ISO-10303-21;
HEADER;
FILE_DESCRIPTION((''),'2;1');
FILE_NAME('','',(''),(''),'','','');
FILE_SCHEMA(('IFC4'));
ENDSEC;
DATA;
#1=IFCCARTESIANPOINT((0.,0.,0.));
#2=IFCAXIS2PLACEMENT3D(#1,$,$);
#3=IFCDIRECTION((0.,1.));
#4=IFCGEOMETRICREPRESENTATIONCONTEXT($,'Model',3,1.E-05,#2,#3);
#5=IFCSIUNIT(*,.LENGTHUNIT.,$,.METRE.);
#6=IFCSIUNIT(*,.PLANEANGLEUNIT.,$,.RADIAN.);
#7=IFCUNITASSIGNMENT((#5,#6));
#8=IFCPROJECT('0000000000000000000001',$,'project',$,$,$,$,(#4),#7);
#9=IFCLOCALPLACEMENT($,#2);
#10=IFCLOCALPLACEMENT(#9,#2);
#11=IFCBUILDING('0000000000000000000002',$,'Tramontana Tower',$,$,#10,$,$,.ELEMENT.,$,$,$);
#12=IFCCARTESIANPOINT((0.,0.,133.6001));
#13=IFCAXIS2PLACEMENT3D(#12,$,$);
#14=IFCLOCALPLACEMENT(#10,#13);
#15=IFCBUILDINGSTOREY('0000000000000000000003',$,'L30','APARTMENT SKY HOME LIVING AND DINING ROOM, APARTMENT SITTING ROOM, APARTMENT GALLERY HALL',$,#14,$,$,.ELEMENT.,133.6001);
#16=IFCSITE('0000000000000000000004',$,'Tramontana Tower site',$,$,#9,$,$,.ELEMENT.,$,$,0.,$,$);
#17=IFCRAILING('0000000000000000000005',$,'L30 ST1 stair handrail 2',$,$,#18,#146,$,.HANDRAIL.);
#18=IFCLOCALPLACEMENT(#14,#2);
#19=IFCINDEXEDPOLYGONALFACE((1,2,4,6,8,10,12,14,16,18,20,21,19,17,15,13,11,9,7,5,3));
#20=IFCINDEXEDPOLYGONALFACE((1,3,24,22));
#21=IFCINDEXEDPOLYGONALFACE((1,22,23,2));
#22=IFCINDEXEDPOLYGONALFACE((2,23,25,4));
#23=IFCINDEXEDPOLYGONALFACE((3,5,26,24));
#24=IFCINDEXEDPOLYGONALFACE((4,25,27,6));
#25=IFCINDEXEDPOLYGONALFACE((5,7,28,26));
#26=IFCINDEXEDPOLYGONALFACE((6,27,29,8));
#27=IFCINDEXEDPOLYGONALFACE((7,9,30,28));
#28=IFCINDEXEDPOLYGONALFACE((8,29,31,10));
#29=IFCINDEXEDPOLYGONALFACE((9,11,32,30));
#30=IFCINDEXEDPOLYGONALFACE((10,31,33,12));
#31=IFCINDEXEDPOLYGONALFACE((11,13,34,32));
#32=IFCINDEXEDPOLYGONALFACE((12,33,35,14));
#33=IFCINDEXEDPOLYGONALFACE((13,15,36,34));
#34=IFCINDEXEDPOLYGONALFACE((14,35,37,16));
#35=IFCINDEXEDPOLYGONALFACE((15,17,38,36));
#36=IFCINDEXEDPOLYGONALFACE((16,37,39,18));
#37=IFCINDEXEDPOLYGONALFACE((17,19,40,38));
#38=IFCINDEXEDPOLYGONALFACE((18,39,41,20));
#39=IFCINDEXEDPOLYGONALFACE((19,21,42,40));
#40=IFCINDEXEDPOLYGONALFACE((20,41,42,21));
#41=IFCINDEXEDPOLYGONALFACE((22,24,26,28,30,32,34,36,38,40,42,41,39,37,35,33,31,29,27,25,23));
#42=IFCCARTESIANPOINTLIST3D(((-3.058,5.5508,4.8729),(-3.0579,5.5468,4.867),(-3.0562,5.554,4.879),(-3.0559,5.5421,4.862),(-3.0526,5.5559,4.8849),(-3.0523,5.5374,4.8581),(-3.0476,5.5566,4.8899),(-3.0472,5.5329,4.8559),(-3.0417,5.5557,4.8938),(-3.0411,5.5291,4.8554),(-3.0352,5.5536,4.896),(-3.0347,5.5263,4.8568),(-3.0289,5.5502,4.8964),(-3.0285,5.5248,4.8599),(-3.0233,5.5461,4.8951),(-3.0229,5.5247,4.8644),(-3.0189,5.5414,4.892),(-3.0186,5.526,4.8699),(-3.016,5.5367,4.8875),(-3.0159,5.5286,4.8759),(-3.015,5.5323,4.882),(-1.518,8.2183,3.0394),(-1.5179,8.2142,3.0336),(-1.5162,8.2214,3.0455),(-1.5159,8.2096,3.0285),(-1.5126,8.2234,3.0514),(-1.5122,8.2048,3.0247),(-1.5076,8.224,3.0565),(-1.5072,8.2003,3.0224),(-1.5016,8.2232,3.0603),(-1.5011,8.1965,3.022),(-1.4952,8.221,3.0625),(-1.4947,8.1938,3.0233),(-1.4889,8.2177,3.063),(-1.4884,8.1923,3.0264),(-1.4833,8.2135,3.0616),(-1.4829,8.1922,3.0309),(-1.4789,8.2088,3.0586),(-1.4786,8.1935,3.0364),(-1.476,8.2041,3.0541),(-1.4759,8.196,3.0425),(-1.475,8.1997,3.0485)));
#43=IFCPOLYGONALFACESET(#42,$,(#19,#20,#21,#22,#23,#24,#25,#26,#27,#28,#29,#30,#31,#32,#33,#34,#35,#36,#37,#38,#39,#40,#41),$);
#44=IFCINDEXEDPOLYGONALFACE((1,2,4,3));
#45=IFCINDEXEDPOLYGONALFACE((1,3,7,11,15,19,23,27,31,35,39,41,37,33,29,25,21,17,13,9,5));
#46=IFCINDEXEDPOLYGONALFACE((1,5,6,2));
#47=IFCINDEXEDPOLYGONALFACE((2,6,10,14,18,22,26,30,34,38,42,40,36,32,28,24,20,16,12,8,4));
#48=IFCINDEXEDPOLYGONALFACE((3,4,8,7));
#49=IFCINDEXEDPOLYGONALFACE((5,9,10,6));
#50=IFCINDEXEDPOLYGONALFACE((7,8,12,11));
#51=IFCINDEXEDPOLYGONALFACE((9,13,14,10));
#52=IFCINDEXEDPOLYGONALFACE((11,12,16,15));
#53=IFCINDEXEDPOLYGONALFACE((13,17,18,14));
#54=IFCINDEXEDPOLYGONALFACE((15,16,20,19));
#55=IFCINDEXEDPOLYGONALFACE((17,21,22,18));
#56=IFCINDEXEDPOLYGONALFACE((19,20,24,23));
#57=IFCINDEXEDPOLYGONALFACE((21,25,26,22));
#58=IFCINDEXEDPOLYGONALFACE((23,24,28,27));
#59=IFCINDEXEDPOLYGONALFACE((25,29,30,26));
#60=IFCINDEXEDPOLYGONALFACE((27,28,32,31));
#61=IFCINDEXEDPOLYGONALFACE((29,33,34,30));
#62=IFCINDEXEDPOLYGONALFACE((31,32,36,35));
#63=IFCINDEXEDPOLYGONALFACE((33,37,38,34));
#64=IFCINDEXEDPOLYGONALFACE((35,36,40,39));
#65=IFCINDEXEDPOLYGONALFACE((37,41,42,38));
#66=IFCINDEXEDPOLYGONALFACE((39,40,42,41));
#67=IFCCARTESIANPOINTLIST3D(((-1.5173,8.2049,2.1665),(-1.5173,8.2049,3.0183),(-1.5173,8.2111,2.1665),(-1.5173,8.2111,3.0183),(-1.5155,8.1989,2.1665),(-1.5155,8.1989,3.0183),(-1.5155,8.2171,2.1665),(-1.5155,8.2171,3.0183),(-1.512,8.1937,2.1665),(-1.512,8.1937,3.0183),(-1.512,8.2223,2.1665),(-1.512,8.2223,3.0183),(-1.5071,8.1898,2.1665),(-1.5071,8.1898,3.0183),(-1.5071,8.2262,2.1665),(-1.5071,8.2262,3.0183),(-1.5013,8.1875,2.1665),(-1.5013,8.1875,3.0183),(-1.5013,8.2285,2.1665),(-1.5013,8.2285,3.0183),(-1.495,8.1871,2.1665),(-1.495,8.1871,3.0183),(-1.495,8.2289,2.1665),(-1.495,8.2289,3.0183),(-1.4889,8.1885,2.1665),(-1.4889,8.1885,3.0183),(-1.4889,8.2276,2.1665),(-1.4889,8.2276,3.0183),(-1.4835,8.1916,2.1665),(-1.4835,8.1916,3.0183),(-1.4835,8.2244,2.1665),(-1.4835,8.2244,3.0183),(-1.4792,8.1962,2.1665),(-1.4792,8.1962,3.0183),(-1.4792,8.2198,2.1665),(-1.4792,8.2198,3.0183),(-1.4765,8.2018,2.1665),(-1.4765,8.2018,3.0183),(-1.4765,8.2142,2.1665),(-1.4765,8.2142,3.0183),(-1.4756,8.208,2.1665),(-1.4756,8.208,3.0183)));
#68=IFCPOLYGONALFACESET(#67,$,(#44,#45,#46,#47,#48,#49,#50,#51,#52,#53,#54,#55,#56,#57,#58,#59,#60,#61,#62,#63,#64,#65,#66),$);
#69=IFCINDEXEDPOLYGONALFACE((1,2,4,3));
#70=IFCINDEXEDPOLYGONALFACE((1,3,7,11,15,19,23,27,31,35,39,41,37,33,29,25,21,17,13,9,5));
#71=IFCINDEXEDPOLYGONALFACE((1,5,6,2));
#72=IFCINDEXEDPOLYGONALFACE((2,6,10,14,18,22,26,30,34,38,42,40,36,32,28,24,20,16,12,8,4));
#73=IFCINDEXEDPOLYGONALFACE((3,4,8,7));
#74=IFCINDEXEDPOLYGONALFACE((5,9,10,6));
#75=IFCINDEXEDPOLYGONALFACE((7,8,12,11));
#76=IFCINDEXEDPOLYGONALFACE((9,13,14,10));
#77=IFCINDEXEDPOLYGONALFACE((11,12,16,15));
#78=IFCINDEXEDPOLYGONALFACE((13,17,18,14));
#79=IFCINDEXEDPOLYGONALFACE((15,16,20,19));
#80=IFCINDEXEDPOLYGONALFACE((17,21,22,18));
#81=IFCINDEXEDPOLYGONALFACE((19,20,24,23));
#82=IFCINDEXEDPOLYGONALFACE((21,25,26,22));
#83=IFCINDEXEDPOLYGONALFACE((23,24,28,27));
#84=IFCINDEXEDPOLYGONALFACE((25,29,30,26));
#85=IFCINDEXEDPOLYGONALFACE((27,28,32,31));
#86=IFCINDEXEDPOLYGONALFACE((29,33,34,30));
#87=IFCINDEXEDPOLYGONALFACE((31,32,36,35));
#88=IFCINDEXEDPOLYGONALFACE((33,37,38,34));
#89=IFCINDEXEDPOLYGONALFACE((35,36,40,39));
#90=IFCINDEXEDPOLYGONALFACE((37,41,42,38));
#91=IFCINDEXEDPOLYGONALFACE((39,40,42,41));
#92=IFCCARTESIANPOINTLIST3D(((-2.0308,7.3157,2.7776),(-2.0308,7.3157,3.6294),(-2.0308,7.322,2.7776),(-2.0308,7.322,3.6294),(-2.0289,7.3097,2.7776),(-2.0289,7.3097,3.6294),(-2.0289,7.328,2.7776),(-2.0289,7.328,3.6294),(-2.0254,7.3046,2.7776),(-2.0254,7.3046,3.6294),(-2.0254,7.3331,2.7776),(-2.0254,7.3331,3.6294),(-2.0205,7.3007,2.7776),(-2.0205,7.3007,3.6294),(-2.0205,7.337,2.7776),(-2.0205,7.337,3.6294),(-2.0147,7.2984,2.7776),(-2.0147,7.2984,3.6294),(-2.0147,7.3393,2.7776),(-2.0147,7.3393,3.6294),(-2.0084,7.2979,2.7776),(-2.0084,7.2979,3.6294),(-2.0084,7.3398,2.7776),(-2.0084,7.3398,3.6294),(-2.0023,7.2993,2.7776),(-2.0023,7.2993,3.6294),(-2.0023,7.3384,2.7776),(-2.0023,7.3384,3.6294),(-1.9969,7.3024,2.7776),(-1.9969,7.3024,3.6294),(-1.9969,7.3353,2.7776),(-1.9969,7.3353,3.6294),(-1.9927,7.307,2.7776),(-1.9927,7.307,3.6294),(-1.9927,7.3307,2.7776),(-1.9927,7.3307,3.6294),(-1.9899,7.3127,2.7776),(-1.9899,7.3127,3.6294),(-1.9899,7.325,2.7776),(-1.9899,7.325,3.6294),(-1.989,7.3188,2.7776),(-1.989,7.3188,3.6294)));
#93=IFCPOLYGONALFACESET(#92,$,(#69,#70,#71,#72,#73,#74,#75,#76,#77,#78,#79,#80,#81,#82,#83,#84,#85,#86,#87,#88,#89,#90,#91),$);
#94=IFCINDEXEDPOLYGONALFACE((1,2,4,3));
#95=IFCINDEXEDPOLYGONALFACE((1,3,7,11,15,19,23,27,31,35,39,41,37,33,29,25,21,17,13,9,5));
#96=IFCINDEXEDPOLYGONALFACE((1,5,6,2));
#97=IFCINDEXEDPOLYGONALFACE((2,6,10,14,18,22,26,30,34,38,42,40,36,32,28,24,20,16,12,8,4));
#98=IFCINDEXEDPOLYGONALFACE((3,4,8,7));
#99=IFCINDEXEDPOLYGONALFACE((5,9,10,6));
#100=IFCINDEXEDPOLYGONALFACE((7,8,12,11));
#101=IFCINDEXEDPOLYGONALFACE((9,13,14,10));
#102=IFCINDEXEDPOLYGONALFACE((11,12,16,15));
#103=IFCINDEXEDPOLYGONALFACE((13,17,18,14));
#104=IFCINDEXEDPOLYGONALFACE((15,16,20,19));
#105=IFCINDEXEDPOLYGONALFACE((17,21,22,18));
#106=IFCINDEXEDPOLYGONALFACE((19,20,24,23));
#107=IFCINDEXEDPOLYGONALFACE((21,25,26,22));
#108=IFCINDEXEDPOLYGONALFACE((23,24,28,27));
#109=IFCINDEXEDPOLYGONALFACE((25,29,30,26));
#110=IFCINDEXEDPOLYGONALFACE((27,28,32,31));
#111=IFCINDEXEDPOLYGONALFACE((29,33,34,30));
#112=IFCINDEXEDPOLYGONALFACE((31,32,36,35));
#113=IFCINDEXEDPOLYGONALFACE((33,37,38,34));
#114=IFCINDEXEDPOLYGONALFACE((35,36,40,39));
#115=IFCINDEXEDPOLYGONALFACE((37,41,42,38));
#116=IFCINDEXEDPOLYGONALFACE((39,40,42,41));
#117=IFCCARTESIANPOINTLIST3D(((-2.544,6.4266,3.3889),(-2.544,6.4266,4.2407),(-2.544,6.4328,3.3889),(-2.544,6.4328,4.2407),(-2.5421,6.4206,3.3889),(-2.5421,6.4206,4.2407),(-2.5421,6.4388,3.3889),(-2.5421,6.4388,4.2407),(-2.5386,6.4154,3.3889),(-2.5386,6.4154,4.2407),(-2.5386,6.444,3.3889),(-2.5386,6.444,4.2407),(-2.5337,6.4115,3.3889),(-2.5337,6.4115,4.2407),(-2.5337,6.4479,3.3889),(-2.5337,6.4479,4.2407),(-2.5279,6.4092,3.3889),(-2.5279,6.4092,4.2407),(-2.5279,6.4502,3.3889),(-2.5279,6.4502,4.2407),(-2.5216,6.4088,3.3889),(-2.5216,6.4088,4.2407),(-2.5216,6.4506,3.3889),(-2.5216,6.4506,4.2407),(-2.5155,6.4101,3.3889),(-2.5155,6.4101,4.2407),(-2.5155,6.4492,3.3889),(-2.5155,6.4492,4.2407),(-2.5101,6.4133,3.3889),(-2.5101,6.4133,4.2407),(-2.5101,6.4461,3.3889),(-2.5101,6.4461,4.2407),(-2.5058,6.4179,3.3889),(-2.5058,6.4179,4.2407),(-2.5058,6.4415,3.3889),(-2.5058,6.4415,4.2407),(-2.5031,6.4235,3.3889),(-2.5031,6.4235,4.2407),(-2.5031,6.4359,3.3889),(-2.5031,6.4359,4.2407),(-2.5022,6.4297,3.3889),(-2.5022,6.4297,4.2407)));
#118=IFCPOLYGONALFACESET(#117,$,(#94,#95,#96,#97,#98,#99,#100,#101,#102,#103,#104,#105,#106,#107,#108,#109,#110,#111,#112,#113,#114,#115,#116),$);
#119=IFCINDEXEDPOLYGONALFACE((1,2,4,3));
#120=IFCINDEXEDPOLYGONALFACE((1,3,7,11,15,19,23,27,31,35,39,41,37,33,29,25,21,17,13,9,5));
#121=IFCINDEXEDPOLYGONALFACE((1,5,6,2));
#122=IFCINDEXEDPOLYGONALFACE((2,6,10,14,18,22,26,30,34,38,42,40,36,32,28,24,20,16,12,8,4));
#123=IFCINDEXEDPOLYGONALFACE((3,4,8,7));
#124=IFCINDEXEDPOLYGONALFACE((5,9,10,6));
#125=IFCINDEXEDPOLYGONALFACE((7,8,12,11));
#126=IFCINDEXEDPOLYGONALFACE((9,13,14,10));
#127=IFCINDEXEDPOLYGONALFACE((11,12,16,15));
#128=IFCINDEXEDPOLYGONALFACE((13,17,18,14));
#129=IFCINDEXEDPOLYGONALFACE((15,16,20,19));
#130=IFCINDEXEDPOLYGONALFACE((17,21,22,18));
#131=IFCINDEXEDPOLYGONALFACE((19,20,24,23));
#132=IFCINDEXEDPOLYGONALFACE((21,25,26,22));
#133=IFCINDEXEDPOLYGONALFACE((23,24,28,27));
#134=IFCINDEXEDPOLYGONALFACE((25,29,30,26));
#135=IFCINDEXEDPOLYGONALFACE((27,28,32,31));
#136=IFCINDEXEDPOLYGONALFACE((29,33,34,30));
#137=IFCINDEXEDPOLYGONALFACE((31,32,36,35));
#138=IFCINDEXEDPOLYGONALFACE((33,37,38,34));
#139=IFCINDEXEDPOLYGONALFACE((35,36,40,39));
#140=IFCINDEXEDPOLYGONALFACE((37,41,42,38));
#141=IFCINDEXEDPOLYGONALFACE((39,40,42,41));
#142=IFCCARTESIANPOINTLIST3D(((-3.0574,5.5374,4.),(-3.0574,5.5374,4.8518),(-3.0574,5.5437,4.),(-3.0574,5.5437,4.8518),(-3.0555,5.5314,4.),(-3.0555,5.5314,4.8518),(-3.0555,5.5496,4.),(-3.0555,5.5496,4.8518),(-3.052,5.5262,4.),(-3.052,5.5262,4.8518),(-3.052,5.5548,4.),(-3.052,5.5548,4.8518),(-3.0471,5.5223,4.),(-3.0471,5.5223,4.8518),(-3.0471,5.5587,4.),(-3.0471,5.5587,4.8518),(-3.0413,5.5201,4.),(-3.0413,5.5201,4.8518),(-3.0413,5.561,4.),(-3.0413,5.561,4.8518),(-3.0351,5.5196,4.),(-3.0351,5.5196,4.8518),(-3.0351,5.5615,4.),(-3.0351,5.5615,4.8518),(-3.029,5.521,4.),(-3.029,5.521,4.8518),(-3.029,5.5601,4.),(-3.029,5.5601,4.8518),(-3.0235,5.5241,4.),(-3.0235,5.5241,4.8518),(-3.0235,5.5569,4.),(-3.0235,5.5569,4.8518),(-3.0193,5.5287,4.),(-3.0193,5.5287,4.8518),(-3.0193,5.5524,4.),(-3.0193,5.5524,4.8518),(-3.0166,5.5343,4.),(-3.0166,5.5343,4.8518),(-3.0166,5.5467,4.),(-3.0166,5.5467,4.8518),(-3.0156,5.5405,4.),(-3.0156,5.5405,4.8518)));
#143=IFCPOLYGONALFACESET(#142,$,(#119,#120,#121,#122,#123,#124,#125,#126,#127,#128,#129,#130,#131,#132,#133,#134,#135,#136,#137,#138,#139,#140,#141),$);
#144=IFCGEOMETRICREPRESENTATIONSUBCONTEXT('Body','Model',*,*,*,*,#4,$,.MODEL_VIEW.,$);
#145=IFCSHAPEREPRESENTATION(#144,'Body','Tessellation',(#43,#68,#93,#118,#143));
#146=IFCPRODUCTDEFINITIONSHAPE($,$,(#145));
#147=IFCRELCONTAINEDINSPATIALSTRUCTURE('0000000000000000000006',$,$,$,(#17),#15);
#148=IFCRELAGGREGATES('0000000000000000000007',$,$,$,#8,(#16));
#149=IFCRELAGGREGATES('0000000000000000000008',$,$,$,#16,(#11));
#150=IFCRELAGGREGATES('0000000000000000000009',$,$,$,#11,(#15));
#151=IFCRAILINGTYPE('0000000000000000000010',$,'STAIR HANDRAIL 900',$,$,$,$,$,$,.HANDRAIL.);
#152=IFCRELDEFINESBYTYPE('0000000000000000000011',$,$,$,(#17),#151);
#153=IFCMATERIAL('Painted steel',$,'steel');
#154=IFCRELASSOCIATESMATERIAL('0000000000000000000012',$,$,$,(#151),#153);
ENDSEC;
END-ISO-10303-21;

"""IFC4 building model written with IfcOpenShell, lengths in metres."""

from ifc_helpers import new_model, si_unit, direction, frame, origin, origin_2d, place, context, subcontext, project, spatial, circle, extrude, material, type_object, element, save


model = new_model("IFC4")

# Units and contexts
model_context = context("Model", 3, precision=1e-05, world=origin(), true_north=direction((0.0, 1.0)))
body_context = subcontext(model_context, "Body", "Model", "MODEL_VIEW")
ifc_project = project(units=[si_unit("LENGTHUNIT", "METRE"), si_unit("PLANEANGLEUNIT", "RADIAN")], contexts=[model_context])

# Site, building, storey
site_placement = place(None, origin())
site = spatial("IfcSite", under=ifc_project, at=site_placement, Name="Tramontana Tower site", CompositionType="ELEMENT", RefElevation=0.0)
building_placement = place(site_placement, origin())
building = spatial("IfcBuilding", under=site, at=building_placement, Name="Tramontana Tower", CompositionType="ELEMENT")
storey_placement = place(building_placement, frame((0.0, 0.0, 133.6001)))
storey = spatial("IfcBuildingStorey", under=building, at=storey_placement, Name="L30", Description="APARTMENT SKY HOME LIVING AND DINING ROOM, APARTMENT SITTING ROOM, APARTMENT GALLERY HALL", CompositionType="ELEMENT", Elevation=133.6001)

# Railing
ifc_material_1 = material(Name="Painted steel", Category="steel")
railing_type_1 = type_object("IfcRailingType", Name="STAIR HANDRAIL 900", PredefinedType="HANDRAIL", material=ifc_material_1)
railing_1_placement = place(storey_placement, frame((-1.4966, 8.208, 2.1665)))
element("IfcRailing", 1, at=railing_1_placement, inside=storey, type_object=railing_type_1, Name="L30 ST1 stair handrail 2", PredefinedType="HANDRAIL", context=body_context, shape_type="SweptSolid", body=[
    extrude(circle(Radius=0.0239, at=origin_2d()), frame((0.0, 0.0, 0.876), z_axis=(-0.429634, -0.744164, 0.511502), x_axis=(0.86603, -0.499992, 0.0)), (0.0, 0.0, 1.0), 3.5845),
    extrude(circle(Radius=0.021, at=origin_2d()), origin(), (0.0, 0.0, 1.0), 0.8518),
    extrude(circle(Radius=0.021, at=origin_2d()), frame((-0.5134, -0.8892, 0.6111)), (0.0, 0.0, 1.0), 0.8518),
    extrude(circle(Radius=0.021, at=origin_2d()), frame((-1.0266, -1.7783, 1.2224)), (0.0, 0.0, 1.0), 0.8518),
    extrude(circle(Radius=0.021, at=origin_2d()), frame((-1.54, -2.6675, 1.8335)), (0.0, 0.0, 1.0), 0.8518),
])

save(model, "model.ifc")
